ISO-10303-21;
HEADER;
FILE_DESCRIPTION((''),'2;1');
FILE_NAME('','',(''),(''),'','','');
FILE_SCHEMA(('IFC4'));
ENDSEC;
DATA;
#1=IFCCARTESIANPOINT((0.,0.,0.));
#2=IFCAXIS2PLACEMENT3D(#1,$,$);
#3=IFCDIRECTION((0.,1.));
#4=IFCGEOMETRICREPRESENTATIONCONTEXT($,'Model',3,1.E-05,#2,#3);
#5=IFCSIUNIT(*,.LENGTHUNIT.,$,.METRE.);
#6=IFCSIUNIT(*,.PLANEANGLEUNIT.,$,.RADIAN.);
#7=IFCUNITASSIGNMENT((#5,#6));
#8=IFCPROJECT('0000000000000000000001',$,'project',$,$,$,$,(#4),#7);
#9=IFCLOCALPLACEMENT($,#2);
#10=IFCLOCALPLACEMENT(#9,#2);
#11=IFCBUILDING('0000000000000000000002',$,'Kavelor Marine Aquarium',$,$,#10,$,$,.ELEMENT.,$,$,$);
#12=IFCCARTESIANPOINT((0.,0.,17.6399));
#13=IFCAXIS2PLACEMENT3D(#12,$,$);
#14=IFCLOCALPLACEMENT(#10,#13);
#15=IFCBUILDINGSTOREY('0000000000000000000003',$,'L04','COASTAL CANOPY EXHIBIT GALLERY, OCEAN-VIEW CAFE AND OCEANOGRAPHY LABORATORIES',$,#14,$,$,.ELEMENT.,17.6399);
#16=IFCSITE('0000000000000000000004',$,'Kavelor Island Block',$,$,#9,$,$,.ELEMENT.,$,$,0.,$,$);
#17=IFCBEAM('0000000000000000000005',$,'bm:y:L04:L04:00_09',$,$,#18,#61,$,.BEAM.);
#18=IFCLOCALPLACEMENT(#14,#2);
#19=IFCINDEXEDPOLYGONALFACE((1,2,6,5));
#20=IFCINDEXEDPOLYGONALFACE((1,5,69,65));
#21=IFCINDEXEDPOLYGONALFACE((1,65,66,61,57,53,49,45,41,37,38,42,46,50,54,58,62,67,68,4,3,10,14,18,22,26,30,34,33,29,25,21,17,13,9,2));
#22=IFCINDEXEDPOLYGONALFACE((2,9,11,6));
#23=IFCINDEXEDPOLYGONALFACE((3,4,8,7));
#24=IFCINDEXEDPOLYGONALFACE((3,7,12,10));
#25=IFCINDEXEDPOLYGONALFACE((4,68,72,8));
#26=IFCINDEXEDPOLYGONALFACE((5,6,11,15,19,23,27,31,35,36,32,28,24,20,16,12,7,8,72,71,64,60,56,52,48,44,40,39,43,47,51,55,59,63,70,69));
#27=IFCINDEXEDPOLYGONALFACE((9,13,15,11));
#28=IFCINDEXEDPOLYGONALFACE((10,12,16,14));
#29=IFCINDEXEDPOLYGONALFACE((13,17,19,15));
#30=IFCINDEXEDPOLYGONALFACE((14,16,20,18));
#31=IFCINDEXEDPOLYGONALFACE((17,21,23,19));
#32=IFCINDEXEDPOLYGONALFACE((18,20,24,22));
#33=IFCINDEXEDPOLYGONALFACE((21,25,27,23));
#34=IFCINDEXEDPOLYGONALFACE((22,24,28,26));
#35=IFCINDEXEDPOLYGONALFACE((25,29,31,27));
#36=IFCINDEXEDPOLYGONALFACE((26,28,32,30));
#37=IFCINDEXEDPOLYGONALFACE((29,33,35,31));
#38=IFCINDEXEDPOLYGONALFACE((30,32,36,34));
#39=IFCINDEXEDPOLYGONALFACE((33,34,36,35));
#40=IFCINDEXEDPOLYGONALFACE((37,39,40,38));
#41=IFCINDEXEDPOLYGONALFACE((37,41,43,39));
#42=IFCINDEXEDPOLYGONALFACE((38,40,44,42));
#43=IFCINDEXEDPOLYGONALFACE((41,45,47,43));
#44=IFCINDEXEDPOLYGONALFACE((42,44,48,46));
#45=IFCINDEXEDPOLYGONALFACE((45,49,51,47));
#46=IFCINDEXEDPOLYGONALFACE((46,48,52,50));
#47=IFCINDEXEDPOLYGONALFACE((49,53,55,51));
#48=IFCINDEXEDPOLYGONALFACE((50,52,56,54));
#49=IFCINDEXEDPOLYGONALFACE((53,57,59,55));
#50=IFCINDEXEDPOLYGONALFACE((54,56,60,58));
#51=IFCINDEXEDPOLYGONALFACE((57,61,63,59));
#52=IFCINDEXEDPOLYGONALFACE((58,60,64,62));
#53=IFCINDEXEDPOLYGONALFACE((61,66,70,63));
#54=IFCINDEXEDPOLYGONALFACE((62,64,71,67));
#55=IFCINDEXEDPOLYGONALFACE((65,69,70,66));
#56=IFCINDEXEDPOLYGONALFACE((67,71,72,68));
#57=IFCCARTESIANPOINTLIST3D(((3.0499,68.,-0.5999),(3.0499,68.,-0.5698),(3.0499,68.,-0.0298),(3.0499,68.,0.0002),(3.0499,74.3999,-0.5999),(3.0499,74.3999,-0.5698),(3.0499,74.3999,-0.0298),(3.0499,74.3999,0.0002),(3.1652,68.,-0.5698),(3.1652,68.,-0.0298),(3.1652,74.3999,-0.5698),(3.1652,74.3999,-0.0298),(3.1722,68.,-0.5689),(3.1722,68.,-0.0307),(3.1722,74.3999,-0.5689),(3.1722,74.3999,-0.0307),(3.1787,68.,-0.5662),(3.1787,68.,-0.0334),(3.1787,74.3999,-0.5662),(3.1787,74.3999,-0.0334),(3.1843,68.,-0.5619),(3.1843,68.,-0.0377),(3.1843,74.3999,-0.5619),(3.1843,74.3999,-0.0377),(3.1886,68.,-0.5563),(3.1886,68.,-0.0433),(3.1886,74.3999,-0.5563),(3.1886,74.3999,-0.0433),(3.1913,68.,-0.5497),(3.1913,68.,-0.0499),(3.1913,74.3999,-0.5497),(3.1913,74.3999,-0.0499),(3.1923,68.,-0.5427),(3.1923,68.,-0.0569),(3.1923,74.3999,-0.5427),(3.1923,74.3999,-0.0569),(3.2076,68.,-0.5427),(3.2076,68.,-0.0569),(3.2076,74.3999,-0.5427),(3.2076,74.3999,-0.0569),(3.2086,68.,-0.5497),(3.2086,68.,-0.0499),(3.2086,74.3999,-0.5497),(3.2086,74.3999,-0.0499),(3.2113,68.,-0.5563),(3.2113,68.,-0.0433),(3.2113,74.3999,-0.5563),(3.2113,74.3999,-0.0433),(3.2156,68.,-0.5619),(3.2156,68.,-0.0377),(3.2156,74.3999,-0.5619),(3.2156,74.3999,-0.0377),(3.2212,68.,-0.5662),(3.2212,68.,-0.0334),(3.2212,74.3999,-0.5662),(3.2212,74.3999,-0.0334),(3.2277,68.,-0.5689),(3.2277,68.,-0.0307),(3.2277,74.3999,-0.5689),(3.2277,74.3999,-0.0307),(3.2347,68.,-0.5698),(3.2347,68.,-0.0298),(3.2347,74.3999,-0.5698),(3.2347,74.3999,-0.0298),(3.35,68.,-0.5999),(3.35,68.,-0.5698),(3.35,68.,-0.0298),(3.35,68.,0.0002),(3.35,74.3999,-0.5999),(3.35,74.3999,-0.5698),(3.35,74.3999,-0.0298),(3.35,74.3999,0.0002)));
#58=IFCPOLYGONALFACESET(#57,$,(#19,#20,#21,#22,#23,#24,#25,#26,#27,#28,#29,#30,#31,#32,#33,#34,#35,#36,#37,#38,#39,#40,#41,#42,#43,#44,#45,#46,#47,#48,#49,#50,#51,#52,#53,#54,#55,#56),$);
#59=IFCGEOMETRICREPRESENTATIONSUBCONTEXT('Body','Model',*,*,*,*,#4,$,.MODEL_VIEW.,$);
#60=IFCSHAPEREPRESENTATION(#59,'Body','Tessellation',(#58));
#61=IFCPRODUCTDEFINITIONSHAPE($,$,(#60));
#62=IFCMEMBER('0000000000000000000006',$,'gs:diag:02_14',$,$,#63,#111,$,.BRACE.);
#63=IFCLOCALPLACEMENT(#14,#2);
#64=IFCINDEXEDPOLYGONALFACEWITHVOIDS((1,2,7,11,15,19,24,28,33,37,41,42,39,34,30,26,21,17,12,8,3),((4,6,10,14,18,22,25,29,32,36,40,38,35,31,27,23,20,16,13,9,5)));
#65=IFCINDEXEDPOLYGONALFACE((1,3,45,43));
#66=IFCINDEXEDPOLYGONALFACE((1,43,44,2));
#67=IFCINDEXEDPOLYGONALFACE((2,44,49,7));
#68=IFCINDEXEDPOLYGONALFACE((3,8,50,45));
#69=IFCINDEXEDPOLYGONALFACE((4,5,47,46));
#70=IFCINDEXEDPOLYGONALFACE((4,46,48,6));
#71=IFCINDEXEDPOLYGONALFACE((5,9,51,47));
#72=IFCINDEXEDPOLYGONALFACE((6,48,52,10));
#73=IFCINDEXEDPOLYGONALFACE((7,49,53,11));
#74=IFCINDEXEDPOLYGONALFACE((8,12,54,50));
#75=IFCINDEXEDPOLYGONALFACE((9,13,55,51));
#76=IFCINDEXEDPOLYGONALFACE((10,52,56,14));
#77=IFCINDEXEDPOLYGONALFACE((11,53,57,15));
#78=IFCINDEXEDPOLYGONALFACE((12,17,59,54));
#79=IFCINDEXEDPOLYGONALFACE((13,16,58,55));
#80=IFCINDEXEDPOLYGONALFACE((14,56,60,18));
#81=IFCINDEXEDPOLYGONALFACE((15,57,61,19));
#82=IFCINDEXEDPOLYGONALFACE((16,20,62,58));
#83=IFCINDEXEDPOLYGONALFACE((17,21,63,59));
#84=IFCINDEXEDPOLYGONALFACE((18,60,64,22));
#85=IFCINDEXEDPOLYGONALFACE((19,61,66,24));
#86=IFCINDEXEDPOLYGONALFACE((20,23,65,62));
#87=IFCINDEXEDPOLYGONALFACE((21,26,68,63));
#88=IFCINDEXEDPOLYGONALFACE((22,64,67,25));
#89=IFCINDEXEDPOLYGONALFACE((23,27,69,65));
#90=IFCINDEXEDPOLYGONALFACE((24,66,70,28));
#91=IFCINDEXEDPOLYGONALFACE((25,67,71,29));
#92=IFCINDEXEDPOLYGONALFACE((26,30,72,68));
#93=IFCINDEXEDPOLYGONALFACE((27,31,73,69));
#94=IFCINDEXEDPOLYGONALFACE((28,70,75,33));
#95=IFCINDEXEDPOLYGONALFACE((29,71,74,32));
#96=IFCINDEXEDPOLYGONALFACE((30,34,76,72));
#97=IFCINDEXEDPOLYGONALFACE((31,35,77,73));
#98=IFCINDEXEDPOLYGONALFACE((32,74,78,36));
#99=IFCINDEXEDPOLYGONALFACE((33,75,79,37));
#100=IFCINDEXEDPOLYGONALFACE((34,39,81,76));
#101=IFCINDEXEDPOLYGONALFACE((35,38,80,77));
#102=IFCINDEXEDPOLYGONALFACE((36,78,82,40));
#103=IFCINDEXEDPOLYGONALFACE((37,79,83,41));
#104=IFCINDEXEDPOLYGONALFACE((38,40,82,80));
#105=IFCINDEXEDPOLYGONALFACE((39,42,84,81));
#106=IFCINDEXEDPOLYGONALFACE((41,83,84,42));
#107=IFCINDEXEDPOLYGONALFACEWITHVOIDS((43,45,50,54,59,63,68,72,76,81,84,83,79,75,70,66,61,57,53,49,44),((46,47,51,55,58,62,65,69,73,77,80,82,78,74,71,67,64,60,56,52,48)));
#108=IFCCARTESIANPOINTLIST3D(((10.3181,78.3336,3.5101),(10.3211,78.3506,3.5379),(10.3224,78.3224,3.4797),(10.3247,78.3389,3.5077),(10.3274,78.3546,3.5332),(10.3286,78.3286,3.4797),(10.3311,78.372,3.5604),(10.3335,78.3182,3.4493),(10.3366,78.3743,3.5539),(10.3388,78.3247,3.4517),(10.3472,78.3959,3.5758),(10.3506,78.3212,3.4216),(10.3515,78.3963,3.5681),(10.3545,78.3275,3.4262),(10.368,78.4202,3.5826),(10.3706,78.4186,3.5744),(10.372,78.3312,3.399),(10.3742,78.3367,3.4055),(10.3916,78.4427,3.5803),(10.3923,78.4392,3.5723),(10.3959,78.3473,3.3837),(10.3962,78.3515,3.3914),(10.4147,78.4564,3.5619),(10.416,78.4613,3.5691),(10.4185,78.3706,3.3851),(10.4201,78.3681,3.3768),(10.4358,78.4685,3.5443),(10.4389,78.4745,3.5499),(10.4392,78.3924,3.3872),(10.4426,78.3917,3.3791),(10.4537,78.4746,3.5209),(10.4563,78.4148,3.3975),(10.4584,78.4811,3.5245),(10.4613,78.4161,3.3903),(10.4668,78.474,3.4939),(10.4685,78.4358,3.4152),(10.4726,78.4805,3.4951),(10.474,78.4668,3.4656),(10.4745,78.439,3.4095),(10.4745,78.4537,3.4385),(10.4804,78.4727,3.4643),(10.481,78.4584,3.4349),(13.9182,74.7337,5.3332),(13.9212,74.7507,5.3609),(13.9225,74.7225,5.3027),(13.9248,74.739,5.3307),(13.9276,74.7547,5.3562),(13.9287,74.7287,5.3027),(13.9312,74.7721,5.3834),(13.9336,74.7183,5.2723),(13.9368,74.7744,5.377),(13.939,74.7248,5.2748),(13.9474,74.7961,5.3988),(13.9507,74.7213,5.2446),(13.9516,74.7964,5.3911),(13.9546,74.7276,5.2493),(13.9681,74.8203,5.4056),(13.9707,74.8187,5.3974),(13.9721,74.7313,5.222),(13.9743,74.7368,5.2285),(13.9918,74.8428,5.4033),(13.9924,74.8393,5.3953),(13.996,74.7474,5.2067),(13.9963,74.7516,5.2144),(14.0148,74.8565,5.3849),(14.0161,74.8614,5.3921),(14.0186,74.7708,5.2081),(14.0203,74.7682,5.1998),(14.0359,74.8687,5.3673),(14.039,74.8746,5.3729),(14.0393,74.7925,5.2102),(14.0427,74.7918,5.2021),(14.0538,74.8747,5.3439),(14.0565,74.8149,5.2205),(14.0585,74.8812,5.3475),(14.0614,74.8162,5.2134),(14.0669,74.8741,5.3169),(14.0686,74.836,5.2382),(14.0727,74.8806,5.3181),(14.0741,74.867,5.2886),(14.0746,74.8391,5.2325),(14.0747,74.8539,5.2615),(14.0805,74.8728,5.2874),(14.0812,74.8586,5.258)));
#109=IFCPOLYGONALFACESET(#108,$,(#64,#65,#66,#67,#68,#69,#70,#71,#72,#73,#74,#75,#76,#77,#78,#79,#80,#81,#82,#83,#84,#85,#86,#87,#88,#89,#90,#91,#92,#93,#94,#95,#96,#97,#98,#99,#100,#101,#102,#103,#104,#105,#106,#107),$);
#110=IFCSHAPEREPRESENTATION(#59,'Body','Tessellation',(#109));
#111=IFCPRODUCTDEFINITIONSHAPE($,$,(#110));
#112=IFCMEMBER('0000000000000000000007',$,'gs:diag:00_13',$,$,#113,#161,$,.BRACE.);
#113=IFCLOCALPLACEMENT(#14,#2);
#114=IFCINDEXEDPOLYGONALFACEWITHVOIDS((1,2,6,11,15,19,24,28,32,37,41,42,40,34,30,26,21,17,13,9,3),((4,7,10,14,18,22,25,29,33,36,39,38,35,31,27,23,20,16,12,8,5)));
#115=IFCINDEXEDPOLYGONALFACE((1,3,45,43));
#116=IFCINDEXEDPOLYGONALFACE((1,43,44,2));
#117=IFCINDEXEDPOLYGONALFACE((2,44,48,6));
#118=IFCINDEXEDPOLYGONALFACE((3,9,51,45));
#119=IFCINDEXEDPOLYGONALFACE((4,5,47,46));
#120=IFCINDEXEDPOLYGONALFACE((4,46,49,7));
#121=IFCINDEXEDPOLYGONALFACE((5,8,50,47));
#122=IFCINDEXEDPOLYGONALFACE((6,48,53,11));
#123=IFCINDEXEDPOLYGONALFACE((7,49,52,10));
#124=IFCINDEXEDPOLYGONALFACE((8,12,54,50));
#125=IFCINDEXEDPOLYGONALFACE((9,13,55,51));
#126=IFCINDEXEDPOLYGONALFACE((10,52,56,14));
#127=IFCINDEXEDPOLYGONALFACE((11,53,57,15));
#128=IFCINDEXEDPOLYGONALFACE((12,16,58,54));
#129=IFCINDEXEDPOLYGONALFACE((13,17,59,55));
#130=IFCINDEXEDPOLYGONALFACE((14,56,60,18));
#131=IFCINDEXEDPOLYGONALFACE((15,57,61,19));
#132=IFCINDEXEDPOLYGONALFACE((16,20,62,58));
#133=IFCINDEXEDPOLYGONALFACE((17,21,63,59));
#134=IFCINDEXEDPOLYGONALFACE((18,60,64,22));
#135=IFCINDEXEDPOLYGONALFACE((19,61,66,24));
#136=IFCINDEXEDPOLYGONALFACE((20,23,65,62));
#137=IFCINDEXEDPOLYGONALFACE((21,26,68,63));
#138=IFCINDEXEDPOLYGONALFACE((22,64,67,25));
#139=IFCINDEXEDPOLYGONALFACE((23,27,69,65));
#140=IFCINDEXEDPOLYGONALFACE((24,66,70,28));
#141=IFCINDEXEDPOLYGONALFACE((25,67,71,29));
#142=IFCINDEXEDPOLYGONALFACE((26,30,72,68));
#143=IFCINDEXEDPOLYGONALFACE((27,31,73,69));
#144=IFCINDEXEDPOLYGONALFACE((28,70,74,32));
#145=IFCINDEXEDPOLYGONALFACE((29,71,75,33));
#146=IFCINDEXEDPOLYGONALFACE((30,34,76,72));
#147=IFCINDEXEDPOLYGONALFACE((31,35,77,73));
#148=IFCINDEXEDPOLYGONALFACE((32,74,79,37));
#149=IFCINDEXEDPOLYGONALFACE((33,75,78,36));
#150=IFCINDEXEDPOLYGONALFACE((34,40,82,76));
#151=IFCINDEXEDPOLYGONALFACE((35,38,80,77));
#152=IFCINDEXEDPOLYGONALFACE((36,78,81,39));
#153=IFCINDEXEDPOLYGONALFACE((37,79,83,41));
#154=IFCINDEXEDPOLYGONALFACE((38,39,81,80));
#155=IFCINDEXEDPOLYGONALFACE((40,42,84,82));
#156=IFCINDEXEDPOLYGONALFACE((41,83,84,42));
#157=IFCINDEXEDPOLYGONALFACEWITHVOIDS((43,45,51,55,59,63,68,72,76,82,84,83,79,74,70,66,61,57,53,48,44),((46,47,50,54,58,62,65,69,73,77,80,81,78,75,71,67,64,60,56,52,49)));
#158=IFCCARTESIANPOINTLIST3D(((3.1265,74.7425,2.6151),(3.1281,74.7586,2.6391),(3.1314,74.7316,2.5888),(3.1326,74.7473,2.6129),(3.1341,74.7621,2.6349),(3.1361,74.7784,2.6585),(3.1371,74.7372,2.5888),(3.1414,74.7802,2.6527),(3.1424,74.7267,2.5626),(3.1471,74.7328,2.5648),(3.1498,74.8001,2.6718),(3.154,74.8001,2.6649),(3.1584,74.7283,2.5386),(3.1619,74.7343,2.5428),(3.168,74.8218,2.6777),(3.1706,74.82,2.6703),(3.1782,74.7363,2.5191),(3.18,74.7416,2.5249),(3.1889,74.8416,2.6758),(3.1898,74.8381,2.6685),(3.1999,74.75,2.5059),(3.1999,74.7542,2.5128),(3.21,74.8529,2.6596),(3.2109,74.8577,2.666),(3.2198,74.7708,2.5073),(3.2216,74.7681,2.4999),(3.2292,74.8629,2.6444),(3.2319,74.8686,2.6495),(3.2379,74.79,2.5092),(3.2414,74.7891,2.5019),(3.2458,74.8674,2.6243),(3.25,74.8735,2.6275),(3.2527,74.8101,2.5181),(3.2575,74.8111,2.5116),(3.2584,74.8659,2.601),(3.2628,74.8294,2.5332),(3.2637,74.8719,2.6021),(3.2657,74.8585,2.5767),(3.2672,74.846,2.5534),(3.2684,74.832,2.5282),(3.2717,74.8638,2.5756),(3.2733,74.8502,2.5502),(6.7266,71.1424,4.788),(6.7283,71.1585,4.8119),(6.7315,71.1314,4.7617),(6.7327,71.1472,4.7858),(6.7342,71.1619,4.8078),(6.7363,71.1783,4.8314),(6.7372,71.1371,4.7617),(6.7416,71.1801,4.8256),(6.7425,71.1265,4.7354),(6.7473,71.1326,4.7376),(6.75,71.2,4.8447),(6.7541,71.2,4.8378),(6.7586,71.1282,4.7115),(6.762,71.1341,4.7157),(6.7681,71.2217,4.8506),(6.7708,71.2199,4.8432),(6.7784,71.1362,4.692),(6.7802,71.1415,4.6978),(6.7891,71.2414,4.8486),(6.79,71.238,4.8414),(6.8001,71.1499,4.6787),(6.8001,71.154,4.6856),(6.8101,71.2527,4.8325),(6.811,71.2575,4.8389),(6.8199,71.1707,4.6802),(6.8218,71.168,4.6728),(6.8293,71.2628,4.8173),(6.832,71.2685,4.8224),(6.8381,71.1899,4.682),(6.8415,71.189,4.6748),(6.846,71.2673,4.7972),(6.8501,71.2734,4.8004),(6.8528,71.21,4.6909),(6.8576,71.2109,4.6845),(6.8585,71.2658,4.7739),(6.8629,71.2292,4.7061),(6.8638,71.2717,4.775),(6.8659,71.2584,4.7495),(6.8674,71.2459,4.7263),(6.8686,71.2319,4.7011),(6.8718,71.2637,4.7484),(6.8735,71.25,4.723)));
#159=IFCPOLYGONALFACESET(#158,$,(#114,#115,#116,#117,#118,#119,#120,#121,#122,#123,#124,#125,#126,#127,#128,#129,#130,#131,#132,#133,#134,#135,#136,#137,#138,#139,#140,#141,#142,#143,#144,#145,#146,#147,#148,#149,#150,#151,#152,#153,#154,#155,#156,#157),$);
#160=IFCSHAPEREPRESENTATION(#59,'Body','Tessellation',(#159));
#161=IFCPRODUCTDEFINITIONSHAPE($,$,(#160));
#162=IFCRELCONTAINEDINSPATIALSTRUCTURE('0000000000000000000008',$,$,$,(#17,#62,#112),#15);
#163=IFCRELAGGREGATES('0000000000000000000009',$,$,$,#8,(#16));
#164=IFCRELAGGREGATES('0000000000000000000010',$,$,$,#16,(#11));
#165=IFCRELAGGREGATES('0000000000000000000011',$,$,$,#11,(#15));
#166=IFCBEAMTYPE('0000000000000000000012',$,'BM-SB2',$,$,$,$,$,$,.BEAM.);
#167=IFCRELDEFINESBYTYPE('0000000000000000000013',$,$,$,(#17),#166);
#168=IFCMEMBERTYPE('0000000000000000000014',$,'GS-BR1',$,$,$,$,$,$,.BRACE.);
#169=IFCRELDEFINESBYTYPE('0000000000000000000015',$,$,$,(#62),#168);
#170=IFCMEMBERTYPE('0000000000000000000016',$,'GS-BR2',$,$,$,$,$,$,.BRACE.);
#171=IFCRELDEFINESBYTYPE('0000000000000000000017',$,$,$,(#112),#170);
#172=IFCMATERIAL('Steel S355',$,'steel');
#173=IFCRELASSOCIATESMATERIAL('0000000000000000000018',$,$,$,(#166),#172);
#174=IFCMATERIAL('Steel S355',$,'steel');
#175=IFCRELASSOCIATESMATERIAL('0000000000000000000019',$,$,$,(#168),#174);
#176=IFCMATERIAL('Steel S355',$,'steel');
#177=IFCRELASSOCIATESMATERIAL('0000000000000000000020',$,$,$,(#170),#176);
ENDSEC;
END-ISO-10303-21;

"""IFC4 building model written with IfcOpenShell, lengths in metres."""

from ifc_helpers import new_model, si_unit, direction, frame, origin, origin_2d, place, context, subcontext, project, spatial, hollow_circle, i_section, extrude, material, material_profile, profile_set, type_object, element, save


model = new_model("IFC4")

# Units and contexts
model_context = context("Model", 3, precision=1e-05, world=origin(), true_north=direction((0.0, 1.0)))
body_context = subcontext(model_context, "Body", "Model", "MODEL_VIEW")
ifc_project = project(units=[si_unit("LENGTHUNIT", "METRE"), si_unit("PLANEANGLEUNIT", "RADIAN")], contexts=[model_context])

# Site, building, storey
site_placement = place(None, origin())
site = spatial("IfcSite", under=ifc_project, at=site_placement, Name="Kavelor Island Block", CompositionType="ELEMENT", RefElevation=0.0)
building_placement = place(site_placement, origin())
building = spatial("IfcBuilding", under=site, at=building_placement, Name="Kavelor Marine Aquarium", CompositionType="ELEMENT")
storey_placement = place(building_placement, frame((0.0, 0.0, 17.6399)))
storey = spatial("IfcBuildingStorey", under=building, at=storey_placement, Name="L04", Description="COASTAL CANOPY EXHIBIT GALLERY, OCEAN-VIEW CAFE AND OCEANOGRAPHY LABORATORIES", CompositionType="ELEMENT", Elevation=17.6399)

# Beam
ifc_material_1 = material(Name="Steel S355", Category="steel")
ifc_material_profile_1 = material_profile(ifc_material_1, i_section(OverallWidth=0.3, OverallDepth=0.6001, WebThickness=0.0154, FlangeThickness=0.03, FilletRadius=0.0271, at=origin_2d()), Name="HEB 600")
ifc_profile_set_1 = profile_set([ifc_material_profile_1], Name="Steel S355")
beam_type = type_object("IfcBeamType", Name="BM-SB2", PredefinedType="BEAM", material=ifc_profile_set_1)
beam_placement = place(storey_placement, frame((3.2, 68.0, -0.2998), z_axis=(0.0, 1.0, 0.0), x_axis=(-1.0, 0.0, 0.0)))
element("IfcBeam", 1, at=beam_placement, inside=storey, type_object=beam_type, Name="bm:y:L04:L04:00_09", PredefinedType="BEAM", context=body_context, shape_type="SweptSolid", body=[
    extrude(i_section(OverallWidth=0.3, OverallDepth=0.6001, WebThickness=0.0154, FlangeThickness=0.03, FilletRadius=0.0271, at=origin_2d()), origin(), (0.0, 0.0, 1.0), 6.3999),
])

# Members
ifc_material_2 = material(Name="Steel S355", Category="steel")
ifc_material_profile_2 = material_profile(ifc_material_2, hollow_circle(Radius=0.1096, WallThickness=0.0088, at=origin_2d()), Name="CHS 219.1x8.8")
ifc_profile_set_2 = profile_set([ifc_material_profile_2], Name="Steel S355")
member_type_1 = type_object("IfcMemberType", Name="GS-BR1", PredefinedType="BRACE", material=ifc_profile_set_2)
member_1_placement = place(storey_placement, frame((14.0, 74.8, 5.3027), z_axis=(-0.665738, 0.665693, -0.337113), x_axis=(-0.707083, -0.707131, 0.0)))
element("IfcMember", 2, at=member_1_placement, inside=storey, type_object=member_type_1, Name="gs:diag:02_14", PredefinedType="BRACE", context=body_context, shape_type="SweptSolid", body=[
    extrude(hollow_circle(Radius=0.1096, WallThickness=0.0088, at=origin_2d()), origin(), (0.0, 0.0, 1.0), 5.4077),
])
ifc_material_3 = material(Name="Steel S355", Category="steel")
ifc_material_profile_3 = material_profile(ifc_material_3, hollow_circle(Radius=0.0969, WallThickness=0.0081, at=origin_2d()), Name="CHS 193.7x8.0")
ifc_profile_set_3 = profile_set([ifc_material_profile_3], Name="Steel S355")
member_type_2 = type_object("IfcMemberType", Name="GS-BR2", PredefinedType="BRACE", material=ifc_profile_set_3)
member_2_placement = place(storey_placement, frame((6.8, 71.2, 4.7617), z_axis=(-0.650356, 0.650356, -0.392524), x_axis=(-0.707107, -0.707107, 0.0)))
element("IfcMember", 3, at=member_2_placement, inside=storey, type_object=member_type_2, Name="gs:diag:00_13", PredefinedType="BRACE", context=body_context, shape_type="SweptSolid", body=[
    extrude(hollow_circle(Radius=0.0969, WallThickness=0.0081, at=origin_2d()), origin(), (0.0, 0.0, 1.0), 5.5356),
])

save(model, "model.ifc")
